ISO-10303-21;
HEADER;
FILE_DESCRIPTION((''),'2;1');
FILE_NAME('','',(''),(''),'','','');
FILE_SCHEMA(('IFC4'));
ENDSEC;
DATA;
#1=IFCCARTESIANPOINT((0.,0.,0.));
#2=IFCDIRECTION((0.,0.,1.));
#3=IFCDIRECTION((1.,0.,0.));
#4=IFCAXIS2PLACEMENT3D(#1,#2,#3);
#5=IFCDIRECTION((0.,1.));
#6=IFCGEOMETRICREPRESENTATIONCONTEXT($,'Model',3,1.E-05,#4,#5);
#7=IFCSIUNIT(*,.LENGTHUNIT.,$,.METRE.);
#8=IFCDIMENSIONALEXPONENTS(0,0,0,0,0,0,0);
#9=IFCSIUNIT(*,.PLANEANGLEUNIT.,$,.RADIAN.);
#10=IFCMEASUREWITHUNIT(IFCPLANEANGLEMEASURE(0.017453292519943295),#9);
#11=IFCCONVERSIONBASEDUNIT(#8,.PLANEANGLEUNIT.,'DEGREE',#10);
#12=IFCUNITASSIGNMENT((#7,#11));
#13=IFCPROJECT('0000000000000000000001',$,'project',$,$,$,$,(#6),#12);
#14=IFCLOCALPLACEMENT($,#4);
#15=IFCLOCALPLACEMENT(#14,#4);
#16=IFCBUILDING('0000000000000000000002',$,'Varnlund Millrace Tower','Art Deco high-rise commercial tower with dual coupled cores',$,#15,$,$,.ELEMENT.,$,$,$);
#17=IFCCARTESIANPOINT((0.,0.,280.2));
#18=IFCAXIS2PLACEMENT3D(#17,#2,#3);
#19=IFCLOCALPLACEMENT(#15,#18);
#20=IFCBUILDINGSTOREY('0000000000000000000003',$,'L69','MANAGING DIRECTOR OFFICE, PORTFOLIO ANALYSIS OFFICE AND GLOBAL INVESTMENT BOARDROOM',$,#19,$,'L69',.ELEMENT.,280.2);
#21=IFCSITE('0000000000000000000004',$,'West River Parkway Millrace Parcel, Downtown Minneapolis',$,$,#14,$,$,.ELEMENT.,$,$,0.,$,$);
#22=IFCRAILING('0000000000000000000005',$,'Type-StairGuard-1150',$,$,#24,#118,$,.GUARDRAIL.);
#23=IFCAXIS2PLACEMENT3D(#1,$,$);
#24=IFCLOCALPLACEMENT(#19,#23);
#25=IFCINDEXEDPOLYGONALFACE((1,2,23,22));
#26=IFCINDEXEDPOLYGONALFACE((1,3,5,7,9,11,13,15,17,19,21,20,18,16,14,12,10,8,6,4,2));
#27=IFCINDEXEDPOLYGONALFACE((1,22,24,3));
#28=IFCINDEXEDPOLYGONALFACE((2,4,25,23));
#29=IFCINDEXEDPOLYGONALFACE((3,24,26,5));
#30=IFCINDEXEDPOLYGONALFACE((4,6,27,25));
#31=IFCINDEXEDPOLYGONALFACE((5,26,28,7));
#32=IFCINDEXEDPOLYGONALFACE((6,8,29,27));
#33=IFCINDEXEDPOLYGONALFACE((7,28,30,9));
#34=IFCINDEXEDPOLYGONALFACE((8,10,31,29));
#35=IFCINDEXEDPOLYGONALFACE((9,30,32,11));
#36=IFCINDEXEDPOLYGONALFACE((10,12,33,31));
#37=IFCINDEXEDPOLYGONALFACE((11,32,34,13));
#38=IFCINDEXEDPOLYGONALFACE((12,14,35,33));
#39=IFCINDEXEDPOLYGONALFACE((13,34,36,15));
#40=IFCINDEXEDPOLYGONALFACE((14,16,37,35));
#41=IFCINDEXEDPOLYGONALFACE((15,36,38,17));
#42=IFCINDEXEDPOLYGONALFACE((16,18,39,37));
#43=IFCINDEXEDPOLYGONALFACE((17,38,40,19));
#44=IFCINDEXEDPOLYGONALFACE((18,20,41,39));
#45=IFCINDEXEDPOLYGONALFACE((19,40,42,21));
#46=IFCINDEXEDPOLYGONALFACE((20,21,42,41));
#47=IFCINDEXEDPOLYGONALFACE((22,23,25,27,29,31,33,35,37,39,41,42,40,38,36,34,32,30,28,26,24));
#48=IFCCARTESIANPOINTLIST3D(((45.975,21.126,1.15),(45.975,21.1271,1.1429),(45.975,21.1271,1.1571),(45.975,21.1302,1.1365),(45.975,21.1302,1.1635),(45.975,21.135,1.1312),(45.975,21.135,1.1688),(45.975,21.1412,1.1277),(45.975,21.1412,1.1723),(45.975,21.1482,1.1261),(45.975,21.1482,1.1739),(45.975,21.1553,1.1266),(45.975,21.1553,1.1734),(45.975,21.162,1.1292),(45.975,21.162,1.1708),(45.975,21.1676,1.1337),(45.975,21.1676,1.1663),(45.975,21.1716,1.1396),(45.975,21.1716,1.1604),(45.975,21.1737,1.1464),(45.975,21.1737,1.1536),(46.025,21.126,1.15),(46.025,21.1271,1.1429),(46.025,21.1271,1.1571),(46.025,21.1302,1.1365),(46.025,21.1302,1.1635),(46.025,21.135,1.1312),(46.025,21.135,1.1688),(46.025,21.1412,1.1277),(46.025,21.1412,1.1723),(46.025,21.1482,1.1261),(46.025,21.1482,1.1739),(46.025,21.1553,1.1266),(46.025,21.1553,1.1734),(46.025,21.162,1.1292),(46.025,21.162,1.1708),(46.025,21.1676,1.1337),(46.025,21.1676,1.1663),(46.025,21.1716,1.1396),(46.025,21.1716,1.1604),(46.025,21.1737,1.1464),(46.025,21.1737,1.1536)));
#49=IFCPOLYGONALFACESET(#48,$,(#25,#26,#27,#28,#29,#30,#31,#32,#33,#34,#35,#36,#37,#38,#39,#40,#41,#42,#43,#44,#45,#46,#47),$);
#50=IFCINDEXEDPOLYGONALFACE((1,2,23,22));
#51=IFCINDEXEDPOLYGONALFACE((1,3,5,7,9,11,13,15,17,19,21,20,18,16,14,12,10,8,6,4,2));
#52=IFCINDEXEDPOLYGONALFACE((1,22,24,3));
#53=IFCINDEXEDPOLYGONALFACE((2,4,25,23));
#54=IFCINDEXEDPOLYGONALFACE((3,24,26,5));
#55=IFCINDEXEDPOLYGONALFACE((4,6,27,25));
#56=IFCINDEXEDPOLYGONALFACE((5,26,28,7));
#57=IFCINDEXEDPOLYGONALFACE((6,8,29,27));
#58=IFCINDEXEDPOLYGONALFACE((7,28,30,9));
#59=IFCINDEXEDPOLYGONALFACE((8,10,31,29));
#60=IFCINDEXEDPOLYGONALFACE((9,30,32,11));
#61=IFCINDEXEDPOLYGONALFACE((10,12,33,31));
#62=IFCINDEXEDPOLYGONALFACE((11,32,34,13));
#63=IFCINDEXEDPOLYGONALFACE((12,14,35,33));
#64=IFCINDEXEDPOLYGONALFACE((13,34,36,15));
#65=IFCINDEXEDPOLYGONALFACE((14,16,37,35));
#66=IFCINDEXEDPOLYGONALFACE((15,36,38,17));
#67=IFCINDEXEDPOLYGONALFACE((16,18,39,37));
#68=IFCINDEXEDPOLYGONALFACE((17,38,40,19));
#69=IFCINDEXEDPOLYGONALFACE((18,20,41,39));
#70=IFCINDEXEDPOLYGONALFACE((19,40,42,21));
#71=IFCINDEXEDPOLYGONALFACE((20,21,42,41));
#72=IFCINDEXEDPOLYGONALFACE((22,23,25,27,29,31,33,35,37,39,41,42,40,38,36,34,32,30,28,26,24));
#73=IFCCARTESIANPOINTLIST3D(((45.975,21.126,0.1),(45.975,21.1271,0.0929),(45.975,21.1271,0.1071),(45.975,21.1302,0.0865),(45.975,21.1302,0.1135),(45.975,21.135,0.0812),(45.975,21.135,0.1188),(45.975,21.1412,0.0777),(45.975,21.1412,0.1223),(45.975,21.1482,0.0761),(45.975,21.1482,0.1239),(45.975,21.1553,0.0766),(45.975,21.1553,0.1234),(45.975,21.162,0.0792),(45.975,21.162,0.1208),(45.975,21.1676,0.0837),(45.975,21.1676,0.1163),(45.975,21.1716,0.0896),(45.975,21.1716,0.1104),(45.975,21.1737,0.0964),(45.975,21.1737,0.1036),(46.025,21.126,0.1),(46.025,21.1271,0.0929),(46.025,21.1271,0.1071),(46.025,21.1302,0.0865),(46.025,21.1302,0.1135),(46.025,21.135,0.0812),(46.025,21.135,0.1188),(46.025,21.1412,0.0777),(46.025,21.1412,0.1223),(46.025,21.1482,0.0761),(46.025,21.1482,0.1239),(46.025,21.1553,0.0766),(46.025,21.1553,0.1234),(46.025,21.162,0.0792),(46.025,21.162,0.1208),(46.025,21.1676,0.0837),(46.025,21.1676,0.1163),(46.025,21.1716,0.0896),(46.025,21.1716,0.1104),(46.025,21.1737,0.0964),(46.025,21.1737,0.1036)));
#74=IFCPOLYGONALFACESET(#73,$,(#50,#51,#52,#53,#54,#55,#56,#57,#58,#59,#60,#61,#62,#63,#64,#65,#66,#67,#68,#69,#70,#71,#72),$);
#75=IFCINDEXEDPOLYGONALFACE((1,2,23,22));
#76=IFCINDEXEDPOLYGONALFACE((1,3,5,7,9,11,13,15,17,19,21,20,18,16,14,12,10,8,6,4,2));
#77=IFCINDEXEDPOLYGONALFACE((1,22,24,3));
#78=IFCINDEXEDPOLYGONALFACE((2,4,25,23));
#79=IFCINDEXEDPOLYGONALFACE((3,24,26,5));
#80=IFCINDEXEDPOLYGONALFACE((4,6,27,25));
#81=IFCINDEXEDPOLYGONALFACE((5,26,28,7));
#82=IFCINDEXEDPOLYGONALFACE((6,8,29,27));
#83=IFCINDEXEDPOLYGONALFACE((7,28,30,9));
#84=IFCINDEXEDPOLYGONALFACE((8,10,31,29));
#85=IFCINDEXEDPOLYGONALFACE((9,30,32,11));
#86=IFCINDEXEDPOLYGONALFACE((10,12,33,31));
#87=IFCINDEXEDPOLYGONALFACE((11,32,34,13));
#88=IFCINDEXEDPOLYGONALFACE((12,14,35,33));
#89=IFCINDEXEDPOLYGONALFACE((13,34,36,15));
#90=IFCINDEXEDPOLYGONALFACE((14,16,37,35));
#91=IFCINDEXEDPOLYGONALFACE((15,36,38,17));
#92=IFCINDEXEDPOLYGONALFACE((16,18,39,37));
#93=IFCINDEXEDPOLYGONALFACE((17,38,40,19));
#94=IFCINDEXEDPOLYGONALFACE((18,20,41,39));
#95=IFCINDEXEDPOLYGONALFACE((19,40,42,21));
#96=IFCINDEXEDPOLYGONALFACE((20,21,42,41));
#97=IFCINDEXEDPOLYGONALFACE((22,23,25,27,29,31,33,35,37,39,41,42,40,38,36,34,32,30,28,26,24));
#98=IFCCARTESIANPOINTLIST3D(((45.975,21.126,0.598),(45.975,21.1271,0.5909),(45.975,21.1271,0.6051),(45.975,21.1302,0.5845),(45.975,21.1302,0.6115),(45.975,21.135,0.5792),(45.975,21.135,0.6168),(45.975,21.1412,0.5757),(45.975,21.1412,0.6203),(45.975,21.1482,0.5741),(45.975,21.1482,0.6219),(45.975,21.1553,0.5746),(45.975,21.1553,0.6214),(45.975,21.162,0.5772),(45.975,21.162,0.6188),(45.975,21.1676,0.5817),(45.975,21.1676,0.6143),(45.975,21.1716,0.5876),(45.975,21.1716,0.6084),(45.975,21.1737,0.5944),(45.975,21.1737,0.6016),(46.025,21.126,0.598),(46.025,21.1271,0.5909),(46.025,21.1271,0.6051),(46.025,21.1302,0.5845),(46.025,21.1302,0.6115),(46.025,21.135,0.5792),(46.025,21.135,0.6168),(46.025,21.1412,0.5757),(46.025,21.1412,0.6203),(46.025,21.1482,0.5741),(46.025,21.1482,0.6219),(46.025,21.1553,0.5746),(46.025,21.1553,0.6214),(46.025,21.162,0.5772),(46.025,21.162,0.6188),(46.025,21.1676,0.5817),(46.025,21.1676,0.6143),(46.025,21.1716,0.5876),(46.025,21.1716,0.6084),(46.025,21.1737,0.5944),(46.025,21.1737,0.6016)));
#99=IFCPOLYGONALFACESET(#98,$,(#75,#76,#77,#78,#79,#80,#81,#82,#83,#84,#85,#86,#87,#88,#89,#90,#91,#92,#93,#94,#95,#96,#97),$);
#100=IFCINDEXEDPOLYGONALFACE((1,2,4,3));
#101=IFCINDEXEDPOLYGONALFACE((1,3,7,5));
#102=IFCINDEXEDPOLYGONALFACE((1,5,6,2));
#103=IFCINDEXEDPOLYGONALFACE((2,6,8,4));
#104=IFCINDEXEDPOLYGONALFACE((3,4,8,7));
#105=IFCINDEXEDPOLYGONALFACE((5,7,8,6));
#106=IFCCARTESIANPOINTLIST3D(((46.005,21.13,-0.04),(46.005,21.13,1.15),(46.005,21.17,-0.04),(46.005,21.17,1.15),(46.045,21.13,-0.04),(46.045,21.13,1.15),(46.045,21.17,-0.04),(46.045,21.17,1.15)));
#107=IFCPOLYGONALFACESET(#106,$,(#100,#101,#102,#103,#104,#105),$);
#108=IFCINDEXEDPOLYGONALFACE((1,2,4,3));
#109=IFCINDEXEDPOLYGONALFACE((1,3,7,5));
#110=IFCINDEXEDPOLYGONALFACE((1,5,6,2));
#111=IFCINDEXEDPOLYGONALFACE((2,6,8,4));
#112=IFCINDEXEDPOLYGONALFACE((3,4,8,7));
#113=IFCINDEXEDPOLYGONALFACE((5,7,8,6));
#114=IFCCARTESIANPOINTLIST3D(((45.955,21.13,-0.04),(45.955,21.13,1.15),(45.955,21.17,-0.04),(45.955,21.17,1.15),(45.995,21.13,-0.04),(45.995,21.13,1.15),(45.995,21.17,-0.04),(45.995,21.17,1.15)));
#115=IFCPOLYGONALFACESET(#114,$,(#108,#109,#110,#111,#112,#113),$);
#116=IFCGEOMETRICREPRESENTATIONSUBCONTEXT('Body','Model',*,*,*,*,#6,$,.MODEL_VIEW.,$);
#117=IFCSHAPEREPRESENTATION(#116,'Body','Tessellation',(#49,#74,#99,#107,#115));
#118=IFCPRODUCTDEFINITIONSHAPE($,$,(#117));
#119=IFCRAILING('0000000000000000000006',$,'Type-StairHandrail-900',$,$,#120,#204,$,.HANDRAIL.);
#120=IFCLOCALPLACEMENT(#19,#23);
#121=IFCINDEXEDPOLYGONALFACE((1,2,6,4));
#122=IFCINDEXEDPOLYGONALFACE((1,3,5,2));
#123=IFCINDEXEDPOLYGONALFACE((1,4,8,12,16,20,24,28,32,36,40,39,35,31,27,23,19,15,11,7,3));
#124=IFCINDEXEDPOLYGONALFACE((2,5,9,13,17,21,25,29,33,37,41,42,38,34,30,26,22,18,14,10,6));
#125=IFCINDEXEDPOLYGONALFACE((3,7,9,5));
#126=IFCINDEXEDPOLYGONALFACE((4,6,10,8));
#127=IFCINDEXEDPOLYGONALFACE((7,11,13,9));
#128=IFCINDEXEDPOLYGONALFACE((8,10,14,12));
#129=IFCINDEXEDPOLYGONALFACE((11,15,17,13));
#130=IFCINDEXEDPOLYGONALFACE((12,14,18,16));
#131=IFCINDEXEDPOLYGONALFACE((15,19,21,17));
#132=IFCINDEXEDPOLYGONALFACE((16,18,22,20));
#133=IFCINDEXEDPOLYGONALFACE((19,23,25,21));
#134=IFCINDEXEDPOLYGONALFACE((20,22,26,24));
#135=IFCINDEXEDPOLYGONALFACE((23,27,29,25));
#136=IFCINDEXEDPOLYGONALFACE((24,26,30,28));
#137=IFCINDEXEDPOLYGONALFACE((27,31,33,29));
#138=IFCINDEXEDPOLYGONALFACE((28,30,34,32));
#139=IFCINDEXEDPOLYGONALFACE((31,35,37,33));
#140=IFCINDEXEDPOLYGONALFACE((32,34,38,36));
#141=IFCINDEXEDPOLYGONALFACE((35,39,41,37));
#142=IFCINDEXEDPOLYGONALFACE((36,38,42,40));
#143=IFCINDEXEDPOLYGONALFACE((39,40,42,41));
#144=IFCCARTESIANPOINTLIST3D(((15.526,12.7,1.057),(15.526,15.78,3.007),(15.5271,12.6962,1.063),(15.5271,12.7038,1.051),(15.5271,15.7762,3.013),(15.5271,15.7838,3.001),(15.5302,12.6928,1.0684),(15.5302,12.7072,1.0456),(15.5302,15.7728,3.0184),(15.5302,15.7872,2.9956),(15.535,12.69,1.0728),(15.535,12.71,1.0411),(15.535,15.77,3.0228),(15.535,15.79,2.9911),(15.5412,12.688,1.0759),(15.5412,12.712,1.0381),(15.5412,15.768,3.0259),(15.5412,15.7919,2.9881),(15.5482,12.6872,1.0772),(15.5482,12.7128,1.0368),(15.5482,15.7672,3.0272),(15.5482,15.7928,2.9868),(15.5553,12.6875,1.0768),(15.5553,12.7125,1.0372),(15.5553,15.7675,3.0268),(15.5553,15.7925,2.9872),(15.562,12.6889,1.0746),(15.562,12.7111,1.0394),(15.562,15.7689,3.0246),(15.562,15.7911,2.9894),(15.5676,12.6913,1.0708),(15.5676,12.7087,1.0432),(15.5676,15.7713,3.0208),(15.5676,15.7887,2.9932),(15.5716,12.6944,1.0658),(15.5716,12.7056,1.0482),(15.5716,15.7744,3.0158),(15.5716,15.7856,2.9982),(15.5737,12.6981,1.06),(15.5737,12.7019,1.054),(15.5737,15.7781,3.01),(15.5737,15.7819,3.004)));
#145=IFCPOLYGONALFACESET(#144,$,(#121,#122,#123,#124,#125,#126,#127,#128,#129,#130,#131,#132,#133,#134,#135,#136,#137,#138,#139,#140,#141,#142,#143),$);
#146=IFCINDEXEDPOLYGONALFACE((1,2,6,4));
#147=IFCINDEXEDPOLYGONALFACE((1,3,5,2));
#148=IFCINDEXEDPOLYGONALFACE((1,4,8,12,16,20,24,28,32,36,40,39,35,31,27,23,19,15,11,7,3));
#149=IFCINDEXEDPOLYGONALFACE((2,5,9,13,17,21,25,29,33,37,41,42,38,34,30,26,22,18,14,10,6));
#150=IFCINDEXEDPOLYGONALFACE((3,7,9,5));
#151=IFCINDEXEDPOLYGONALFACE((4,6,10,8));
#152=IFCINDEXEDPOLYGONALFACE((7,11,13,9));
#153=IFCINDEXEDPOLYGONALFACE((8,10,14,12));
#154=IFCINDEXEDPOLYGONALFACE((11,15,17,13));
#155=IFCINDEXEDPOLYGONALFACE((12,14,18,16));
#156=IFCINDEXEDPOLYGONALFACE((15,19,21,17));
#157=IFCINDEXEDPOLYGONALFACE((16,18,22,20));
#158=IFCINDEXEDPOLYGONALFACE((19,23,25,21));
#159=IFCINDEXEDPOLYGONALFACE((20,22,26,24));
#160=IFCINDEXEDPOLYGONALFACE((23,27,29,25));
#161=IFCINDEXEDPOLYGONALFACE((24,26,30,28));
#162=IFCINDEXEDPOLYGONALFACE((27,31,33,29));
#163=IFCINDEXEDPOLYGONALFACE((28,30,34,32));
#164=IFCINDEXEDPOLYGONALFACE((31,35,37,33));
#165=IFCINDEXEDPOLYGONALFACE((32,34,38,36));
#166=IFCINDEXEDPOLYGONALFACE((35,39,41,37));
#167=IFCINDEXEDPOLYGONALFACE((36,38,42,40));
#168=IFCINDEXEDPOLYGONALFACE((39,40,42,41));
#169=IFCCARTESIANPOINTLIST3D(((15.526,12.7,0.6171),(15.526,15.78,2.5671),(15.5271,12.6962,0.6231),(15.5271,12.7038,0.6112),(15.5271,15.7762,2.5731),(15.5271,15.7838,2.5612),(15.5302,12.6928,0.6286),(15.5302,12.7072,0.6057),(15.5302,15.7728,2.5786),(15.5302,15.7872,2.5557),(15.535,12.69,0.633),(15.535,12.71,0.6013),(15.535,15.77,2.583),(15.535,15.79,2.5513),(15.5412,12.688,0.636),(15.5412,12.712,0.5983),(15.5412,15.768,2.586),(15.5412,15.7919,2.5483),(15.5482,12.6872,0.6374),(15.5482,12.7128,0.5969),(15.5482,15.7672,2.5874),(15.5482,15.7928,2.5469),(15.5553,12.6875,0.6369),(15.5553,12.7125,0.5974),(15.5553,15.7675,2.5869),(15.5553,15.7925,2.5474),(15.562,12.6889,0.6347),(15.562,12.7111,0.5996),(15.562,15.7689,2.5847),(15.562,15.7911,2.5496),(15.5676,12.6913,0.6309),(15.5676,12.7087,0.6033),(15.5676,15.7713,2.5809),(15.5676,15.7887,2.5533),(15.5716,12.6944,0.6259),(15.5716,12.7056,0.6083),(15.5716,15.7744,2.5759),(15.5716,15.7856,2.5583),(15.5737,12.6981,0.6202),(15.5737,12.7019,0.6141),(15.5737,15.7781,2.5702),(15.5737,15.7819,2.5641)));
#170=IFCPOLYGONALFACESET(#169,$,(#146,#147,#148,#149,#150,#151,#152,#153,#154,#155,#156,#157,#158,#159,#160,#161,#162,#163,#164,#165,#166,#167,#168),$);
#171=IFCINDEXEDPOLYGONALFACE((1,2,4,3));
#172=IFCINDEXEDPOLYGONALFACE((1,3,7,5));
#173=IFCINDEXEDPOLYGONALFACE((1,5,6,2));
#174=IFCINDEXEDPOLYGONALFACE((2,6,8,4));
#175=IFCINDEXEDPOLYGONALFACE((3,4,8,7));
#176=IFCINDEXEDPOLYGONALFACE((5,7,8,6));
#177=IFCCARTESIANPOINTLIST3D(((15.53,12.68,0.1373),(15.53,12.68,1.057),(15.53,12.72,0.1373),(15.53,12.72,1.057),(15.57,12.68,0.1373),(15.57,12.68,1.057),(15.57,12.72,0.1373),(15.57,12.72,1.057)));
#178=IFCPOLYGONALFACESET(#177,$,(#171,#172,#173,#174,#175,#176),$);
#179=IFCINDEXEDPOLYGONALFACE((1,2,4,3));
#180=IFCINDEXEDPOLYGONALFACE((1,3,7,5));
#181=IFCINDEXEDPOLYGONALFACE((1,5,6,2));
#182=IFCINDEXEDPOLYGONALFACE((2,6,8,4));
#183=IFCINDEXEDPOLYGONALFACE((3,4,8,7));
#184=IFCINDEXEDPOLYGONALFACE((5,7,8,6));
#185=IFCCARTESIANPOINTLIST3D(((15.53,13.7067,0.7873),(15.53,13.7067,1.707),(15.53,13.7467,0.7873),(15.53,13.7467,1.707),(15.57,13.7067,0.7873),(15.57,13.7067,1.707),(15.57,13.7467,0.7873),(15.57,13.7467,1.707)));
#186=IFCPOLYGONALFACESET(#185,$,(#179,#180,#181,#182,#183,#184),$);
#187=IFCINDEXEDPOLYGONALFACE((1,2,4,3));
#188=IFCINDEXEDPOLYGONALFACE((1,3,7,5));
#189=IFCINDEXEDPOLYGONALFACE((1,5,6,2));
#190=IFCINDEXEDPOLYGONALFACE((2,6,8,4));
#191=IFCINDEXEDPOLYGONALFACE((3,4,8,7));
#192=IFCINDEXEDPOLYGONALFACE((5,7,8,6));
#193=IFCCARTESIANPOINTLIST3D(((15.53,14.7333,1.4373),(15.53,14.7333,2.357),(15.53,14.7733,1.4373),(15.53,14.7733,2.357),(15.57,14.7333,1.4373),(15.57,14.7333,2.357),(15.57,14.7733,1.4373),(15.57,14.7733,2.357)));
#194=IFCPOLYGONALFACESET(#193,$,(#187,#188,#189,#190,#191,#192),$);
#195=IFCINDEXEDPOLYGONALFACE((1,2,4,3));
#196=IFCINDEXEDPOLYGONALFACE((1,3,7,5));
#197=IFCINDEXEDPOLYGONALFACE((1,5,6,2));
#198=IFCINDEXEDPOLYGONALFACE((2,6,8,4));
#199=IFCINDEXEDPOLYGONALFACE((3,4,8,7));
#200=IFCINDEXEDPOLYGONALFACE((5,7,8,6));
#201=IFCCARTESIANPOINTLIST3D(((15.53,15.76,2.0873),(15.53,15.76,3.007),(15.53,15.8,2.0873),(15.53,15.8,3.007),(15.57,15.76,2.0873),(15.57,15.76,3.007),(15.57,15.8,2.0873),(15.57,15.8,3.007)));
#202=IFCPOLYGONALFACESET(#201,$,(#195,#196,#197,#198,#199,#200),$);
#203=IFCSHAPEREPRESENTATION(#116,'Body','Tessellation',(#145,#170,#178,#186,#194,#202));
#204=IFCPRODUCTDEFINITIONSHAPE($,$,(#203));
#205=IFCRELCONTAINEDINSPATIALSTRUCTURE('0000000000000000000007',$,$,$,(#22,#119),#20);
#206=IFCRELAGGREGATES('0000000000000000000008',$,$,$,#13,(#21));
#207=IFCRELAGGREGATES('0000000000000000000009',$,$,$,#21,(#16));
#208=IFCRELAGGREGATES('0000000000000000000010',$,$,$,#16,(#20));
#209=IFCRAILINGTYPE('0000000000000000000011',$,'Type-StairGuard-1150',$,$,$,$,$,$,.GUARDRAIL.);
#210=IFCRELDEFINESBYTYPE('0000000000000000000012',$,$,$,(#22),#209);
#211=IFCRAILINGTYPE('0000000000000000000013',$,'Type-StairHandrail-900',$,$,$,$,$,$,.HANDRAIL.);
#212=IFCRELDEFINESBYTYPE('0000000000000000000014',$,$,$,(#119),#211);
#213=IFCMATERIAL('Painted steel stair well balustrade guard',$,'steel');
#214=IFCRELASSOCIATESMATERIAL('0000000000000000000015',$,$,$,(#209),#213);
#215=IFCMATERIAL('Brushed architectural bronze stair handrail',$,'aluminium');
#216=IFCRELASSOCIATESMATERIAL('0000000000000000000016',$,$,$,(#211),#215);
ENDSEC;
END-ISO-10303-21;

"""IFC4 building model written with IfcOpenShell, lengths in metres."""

from ifc_helpers import new_model, entity, si_unit, converted_unit, direction, frame, origin_with_axes, origin_2d_with_axis, place, context, subcontext, project, spatial, rectangle, circle, extrude, material, type_object, element, save


model = new_model("IFC4")

# Units and contexts
model_context = context("Model", 3, precision=1e-05, world=origin_with_axes(), true_north=direction((0.0, 1.0)))
body_context = subcontext(model_context, "Body", "Model", "MODEL_VIEW")
ifc_project = project(units=[si_unit("LENGTHUNIT", "METRE"), converted_unit("PLANEANGLEUNIT", "DEGREE", entity("IfcPlaneAngleMeasure", 0.017453292519943295), si_unit("PLANEANGLEUNIT", "RADIAN"), dimensions=[0, 0, 0, 0, 0, 0, 0])], contexts=[model_context])

# Site, building, storey
site_placement = place(None, origin_with_axes())
site = spatial("IfcSite", under=ifc_project, at=site_placement, Name="West River Parkway Millrace Parcel, Downtown Minneapolis", CompositionType="ELEMENT", RefElevation=0.0)
building_placement = place(site_placement, origin_with_axes())
building = spatial("IfcBuilding", under=site, at=building_placement, Name="Varnlund Millrace Tower", Description="Art Deco high-rise commercial tower with dual coupled cores", CompositionType="ELEMENT")
storey_placement = place(building_placement, frame((0.0, 0.0, 280.2), z_axis=(0.0, 0.0, 1.0), x_axis=(1.0, 0.0, 0.0)))
storey = spatial("IfcBuildingStorey", under=building, at=storey_placement, Name="L69", Description="MANAGING DIRECTOR OFFICE, PORTFOLIO ANALYSIS OFFICE AND GLOBAL INVESTMENT BOARDROOM", LongName="L69", CompositionType="ELEMENT", Elevation=280.2)

# Railings
ifc_material_1 = material(Name="Painted steel stair well balustrade guard", Category="steel")
railing_type_1 = type_object("IfcRailingType", Name="Type-StairGuard-1150", PredefinedType="GUARDRAIL", material=ifc_material_1)
railing_1_placement = place(storey_placement, frame((0.0, 0.0, -280.2), z_axis=(0.0, 0.0, 1.0), x_axis=(1.0, 0.0, 0.0)))
element("IfcRailing", 1, at=railing_1_placement, inside=storey, type_object=railing_type_1, Name="Type-StairGuard-1150", PredefinedType="GUARDRAIL", context=body_context, shape_type="SweptSolid", body=[
    extrude(circle(Radius=0.024, at=origin_2d_with_axis()), frame((46.025, 21.15, 281.35), z_axis=(-1.0, 0.0, 0.0), x_axis=(0.0, -1.0, 0.0)), (0.0, 0.0, 1.0), 0.05),
    extrude(circle(Radius=0.024, at=origin_2d_with_axis()), frame((46.025, 21.15, 280.3), z_axis=(-1.0, 0.0, 0.0), x_axis=(0.0, -1.0, 0.0)), (0.0, 0.0, 1.0), 0.05),
    extrude(circle(Radius=0.024, at=origin_2d_with_axis()), frame((46.025, 21.15, 280.798), z_axis=(-1.0, 0.0, 0.0), x_axis=(0.0, -1.0, 0.0)), (0.0, 0.0, 1.0), 0.05),
    extrude(rectangle(XDim=0.04, YDim=0.04, at=origin_2d_with_axis()), frame((46.025, 21.15, 280.16), z_axis=(0.0, 0.0, 1.0), x_axis=(1.0, 0.0, 0.0)), (0.0, 0.0, 1.0), 1.19),
    extrude(rectangle(XDim=0.04, YDim=0.04, at=origin_2d_with_axis()), frame((45.975, 21.15, 280.16), z_axis=(0.0, 0.0, 1.0), x_axis=(1.0, 0.0, 0.0)), (0.0, 0.0, 1.0), 1.19),
])
ifc_material_2 = material(Name="Brushed architectural bronze stair handrail", Category="aluminium")
railing_type_2 = type_object("IfcRailingType", Name="Type-StairHandrail-900", PredefinedType="HANDRAIL", material=ifc_material_2)
railing_2_placement = place(storey_placement, frame((0.0, 0.0, -280.2), z_axis=(0.0, 0.0, 1.0), x_axis=(1.0, 0.0, 0.0)))
element("IfcRailing", 2, at=railing_2_placement, inside=storey, type_object=railing_type_2, Name="Type-StairHandrail-900", PredefinedType="HANDRAIL", context=body_context, shape_type="SweptSolid", body=[
    extrude(circle(Radius=0.024, at=origin_2d_with_axis()), frame((15.55, 12.7, 281.257), z_axis=(0.0, 0.844902, 0.534922), x_axis=(-1.0, 0.0, 0.0)), (0.0, 0.0, 1.0), 3.6454),
    extrude(circle(Radius=0.024, at=origin_2d_with_axis()), frame((15.55, 12.7, 280.8171), z_axis=(0.0, 0.844902, 0.534922), x_axis=(-1.0, 0.0, 0.0)), (0.0, 0.0, 1.0), 3.6454),
    extrude(rectangle(XDim=0.04, YDim=0.04, at=origin_2d_with_axis()), frame((15.55, 12.7, 280.3373), z_axis=(0.0, 0.0, 1.0), x_axis=(1.0, 0.0, 0.0)), (0.0, 0.0, 1.0), 0.9197),
    extrude(rectangle(XDim=0.04, YDim=0.04, at=origin_2d_with_axis()), frame((15.55, 13.7267, 280.9873), z_axis=(0.0, 0.0, 1.0), x_axis=(1.0, 0.0, 0.0)), (0.0, 0.0, 1.0), 0.9197),
    extrude(rectangle(XDim=0.04, YDim=0.04, at=origin_2d_with_axis()), frame((15.55, 14.7533, 281.6373), z_axis=(0.0, 0.0, 1.0), x_axis=(1.0, 0.0, 0.0)), (0.0, 0.0, 1.0), 0.9197),
    extrude(rectangle(XDim=0.04, YDim=0.04, at=origin_2d_with_axis()), frame((15.55, 15.78, 282.2873), z_axis=(0.0, 0.0, 1.0), x_axis=(1.0, 0.0, 0.0)), (0.0, 0.0, 1.0), 0.9197),
])

save(model, "model.ifc")
